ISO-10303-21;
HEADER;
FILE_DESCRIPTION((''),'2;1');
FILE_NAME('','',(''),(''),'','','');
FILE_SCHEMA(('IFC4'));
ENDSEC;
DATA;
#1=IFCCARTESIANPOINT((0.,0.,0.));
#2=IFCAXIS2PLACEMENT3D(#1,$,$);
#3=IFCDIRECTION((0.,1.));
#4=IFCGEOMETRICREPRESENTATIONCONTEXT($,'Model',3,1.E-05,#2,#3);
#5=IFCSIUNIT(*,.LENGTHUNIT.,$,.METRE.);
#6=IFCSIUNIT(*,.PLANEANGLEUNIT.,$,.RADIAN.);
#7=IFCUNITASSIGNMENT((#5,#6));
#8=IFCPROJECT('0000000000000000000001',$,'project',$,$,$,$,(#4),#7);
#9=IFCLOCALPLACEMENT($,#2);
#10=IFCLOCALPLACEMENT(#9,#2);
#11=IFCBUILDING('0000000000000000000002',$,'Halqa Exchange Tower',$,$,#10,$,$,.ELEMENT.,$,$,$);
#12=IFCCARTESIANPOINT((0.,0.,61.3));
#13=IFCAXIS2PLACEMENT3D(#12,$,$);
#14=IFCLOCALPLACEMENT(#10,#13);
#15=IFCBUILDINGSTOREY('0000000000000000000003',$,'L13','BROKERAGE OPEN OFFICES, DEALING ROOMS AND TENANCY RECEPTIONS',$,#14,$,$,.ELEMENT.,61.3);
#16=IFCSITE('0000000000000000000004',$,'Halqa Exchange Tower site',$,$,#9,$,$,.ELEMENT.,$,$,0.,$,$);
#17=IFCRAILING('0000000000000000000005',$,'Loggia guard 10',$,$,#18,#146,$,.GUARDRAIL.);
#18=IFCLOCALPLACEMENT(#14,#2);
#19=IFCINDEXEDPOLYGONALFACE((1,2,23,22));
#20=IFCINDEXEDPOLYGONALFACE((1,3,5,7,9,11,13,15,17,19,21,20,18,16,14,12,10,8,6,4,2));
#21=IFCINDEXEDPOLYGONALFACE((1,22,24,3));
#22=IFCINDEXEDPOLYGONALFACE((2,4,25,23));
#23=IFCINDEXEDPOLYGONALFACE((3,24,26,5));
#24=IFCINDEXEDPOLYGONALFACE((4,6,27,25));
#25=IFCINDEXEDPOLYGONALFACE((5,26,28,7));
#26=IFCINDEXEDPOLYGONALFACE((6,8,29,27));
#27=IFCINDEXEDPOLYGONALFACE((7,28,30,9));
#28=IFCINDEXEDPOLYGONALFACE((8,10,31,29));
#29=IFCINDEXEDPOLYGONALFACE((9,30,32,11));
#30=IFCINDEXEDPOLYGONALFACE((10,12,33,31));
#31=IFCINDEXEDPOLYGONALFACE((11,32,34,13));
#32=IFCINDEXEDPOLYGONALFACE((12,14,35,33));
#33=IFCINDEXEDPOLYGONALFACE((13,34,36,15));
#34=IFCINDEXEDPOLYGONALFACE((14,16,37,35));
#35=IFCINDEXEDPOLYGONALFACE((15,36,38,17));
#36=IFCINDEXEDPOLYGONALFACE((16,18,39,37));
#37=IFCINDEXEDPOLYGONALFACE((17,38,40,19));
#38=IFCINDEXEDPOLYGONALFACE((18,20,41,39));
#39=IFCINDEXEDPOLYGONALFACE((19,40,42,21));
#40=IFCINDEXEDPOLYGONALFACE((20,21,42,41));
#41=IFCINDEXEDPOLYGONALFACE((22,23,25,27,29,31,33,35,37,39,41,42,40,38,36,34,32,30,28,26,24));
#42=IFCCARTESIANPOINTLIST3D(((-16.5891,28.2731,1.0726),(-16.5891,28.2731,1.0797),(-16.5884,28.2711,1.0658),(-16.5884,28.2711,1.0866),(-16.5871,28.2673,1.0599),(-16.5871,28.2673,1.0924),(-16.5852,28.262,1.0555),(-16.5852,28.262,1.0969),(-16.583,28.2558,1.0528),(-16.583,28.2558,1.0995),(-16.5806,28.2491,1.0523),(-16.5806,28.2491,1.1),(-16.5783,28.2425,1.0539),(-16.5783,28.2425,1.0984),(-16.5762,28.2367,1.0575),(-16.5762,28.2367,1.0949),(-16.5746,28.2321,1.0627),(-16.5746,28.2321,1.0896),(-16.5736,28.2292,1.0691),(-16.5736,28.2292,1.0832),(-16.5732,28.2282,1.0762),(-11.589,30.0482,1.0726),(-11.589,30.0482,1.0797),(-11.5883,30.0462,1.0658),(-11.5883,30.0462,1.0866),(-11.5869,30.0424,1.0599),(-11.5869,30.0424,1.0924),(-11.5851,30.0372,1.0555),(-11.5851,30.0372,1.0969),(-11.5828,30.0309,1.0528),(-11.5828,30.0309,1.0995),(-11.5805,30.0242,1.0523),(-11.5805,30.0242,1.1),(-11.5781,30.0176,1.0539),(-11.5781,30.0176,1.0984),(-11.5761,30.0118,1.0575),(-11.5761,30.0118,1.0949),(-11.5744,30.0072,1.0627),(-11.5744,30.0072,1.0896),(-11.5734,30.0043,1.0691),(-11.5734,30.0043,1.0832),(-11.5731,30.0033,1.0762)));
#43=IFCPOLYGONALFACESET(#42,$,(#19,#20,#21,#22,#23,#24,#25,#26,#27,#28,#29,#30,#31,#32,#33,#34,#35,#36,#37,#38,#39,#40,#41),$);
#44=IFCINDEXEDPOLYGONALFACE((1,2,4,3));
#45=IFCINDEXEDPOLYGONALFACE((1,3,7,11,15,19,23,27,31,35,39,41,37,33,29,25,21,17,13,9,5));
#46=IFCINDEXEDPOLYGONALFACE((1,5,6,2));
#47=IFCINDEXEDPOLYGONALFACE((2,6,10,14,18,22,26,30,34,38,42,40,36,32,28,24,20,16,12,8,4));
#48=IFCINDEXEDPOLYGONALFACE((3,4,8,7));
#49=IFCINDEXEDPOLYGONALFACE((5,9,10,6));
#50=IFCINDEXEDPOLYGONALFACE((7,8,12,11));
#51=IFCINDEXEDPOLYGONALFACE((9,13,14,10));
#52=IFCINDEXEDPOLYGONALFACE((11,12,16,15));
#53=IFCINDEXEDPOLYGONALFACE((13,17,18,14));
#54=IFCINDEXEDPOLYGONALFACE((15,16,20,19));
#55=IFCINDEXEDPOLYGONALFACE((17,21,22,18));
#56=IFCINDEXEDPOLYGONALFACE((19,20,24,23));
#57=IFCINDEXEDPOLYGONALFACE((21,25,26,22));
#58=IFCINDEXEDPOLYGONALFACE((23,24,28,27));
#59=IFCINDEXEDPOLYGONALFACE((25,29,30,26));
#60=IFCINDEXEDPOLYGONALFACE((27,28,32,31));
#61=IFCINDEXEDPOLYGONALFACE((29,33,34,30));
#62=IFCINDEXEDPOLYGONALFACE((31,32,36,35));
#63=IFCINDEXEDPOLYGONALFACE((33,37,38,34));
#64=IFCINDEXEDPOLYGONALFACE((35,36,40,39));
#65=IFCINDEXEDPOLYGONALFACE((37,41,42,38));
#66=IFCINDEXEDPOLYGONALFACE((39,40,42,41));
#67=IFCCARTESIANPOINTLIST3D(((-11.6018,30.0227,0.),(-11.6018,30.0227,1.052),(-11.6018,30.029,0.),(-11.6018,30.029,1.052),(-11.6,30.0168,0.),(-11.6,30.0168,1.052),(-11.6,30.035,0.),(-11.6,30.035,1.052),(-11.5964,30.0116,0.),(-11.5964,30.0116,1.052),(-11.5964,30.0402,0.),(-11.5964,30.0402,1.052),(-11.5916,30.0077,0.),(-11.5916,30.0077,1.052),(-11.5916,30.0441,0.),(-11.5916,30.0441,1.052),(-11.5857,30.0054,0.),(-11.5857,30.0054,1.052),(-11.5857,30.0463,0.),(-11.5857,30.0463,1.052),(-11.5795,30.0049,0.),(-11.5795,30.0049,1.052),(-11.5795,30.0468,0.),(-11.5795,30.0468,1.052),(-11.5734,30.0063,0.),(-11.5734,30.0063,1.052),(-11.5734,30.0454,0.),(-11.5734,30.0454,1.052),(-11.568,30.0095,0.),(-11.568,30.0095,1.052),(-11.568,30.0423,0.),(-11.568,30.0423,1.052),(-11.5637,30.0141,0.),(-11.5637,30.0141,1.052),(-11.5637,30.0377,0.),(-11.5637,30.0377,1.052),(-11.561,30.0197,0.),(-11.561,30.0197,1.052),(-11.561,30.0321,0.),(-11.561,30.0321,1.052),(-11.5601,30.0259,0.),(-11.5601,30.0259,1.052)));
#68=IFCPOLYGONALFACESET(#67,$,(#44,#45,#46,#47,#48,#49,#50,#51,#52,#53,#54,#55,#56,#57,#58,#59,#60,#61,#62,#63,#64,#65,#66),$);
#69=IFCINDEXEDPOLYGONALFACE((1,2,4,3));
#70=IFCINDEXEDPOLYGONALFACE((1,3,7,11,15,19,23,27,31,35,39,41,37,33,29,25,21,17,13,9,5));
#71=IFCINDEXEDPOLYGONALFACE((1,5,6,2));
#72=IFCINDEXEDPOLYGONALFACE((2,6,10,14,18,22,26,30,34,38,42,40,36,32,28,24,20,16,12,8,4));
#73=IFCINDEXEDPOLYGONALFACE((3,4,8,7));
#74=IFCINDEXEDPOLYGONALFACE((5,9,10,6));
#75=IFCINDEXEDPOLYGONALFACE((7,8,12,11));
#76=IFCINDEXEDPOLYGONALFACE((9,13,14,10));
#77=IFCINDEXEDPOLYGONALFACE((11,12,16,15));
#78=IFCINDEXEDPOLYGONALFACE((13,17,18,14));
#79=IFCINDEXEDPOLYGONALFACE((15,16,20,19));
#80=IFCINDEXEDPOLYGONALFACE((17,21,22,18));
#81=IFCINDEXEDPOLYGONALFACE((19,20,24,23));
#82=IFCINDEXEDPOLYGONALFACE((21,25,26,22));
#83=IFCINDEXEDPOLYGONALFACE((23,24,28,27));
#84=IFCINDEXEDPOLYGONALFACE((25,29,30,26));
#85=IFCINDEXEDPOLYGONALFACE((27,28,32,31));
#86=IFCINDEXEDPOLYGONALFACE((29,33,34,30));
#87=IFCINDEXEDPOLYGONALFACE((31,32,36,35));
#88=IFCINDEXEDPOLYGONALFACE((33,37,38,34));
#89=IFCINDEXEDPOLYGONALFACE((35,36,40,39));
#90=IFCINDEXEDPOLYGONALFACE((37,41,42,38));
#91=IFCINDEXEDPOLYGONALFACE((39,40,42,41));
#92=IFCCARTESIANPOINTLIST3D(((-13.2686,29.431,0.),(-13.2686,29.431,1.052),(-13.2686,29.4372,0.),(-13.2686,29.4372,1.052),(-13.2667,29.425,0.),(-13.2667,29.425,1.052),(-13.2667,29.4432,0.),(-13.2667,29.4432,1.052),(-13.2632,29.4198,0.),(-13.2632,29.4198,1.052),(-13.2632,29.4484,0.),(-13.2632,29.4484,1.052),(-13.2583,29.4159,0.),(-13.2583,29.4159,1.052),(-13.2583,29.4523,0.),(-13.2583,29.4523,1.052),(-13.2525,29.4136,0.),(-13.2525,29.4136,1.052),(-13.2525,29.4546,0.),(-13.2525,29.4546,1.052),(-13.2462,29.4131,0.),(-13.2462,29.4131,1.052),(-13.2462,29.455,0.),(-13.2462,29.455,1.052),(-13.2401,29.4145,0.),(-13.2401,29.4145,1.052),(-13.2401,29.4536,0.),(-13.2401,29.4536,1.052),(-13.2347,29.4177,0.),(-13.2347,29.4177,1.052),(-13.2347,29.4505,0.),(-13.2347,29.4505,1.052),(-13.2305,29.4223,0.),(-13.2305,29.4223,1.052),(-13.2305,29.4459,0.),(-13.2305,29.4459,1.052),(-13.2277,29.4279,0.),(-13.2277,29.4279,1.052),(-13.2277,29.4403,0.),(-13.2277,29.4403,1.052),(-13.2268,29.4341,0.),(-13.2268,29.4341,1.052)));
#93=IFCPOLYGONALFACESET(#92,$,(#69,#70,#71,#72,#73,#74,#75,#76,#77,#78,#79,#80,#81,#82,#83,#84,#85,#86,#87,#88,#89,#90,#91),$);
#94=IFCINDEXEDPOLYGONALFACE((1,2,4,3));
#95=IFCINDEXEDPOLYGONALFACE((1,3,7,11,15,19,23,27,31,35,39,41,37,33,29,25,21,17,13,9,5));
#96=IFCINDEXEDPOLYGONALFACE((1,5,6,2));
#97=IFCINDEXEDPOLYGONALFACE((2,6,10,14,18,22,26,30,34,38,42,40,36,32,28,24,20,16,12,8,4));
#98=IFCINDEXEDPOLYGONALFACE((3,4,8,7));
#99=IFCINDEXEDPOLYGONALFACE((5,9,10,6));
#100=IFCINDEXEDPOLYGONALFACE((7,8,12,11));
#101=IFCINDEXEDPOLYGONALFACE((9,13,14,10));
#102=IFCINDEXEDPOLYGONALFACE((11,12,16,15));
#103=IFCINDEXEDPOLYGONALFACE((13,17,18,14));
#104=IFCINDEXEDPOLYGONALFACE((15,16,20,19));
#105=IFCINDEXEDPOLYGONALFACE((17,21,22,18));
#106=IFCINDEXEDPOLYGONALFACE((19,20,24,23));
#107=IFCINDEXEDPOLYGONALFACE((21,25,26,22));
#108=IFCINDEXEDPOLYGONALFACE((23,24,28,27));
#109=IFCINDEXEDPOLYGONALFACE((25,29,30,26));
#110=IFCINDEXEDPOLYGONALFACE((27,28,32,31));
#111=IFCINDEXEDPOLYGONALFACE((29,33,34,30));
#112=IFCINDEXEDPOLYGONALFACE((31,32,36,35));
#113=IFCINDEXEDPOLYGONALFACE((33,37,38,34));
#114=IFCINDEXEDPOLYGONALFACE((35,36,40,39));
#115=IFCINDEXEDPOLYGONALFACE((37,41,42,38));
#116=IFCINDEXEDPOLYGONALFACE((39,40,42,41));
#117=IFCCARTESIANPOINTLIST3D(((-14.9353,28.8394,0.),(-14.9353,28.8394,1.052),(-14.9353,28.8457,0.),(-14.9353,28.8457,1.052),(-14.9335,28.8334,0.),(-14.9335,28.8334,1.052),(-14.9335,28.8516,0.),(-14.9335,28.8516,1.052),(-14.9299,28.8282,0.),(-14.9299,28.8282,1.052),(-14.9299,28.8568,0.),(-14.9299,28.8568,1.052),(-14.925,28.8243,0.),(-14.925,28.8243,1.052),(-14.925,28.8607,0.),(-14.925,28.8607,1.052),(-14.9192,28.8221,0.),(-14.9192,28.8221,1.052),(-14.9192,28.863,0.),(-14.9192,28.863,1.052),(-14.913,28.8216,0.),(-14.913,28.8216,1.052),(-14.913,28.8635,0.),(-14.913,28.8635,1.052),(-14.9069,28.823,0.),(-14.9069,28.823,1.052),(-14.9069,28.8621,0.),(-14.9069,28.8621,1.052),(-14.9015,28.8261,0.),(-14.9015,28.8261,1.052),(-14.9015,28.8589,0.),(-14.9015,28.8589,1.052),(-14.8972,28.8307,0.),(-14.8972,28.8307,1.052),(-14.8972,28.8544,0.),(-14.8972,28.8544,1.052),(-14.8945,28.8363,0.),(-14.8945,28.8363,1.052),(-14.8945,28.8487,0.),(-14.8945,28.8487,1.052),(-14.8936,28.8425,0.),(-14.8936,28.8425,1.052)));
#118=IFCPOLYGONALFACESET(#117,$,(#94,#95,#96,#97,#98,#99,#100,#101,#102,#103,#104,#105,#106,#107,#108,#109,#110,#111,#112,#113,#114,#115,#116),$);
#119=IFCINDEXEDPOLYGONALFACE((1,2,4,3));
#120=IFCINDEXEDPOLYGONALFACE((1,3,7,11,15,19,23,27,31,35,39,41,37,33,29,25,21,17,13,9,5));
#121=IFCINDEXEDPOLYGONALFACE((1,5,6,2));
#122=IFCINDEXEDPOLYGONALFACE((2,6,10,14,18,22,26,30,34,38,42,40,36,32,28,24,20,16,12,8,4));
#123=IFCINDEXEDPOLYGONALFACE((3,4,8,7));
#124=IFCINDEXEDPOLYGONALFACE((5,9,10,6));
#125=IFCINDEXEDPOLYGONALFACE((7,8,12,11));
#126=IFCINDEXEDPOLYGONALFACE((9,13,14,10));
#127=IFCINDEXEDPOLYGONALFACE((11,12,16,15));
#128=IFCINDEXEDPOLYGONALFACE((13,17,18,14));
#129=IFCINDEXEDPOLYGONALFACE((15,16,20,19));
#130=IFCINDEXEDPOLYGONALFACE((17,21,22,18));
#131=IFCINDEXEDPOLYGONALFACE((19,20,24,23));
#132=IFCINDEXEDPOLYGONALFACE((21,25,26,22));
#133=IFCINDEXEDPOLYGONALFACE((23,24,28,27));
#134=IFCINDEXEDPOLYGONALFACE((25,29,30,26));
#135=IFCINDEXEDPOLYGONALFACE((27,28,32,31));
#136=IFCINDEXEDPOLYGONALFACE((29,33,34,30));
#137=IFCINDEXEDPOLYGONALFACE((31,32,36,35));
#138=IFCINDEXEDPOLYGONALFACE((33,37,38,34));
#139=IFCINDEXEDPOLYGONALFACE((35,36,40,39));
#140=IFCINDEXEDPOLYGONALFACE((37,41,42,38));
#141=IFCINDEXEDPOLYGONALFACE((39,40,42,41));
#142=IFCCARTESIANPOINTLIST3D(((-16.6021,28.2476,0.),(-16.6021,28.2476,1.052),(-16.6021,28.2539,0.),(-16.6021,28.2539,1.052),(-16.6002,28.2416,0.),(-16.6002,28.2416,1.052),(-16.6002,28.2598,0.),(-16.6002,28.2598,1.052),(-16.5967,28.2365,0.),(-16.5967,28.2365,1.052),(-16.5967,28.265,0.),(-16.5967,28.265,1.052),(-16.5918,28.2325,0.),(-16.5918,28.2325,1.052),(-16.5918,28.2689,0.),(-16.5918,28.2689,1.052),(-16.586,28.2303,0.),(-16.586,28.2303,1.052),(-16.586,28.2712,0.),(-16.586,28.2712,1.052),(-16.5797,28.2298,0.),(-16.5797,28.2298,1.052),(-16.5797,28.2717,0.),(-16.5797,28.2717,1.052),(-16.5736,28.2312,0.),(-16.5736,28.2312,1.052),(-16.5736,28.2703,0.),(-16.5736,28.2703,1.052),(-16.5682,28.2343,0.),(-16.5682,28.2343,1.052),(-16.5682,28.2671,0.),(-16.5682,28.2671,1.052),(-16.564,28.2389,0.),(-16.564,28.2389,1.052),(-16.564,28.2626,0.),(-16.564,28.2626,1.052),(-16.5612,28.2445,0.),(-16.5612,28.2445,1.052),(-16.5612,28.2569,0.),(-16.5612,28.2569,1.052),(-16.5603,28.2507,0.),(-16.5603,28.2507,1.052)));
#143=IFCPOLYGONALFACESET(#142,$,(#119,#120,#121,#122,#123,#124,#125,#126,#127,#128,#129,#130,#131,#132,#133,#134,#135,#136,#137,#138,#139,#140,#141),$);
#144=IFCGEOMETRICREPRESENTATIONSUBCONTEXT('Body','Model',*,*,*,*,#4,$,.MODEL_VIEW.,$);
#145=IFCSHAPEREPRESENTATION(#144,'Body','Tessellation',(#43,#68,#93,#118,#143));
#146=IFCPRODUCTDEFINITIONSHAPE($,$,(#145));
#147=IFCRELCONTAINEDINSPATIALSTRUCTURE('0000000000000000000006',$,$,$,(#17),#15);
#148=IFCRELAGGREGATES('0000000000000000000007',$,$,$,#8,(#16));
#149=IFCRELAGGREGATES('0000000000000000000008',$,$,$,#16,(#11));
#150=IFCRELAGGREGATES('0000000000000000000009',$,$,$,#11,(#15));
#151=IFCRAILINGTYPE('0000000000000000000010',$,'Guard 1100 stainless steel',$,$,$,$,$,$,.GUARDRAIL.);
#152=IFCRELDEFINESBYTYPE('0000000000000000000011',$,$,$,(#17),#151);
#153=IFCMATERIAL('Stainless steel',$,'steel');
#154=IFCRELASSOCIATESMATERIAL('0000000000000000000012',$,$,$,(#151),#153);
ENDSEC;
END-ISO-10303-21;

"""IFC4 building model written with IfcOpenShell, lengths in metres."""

from ifc_helpers import new_model, si_unit, direction, frame, origin, origin_2d, place, context, subcontext, project, spatial, circle, extrude, material, type_object, element, save


model = new_model("IFC4")

# Units and contexts
model_context = context("Model", 3, precision=1e-05, world=origin(), true_north=direction((0.0, 1.0)))
body_context = subcontext(model_context, "Body", "Model", "MODEL_VIEW")
ifc_project = project(units=[si_unit("LENGTHUNIT", "METRE"), si_unit("PLANEANGLEUNIT", "RADIAN")], contexts=[model_context])

# Site, building, storey
site_placement = place(None, origin())
site = spatial("IfcSite", under=ifc_project, at=site_placement, Name="Halqa Exchange Tower site", CompositionType="ELEMENT", RefElevation=0.0)
building_placement = place(site_placement, origin())
building = spatial("IfcBuilding", under=site, at=building_placement, Name="Halqa Exchange Tower", CompositionType="ELEMENT")
storey_placement = place(building_placement, frame((0.0, 0.0, 61.3)))
storey = spatial("IfcBuildingStorey", under=building, at=storey_placement, Name="L13", Description="BROKERAGE OPEN OFFICES, DEALING ROOMS AND TENANCY RECEPTIONS", CompositionType="ELEMENT", Elevation=61.3)

# Railing
ifc_material_1 = material(Name="Stainless steel", Category="steel")
railing_type_1 = type_object("IfcRailingType", Name="Guard 1100 stainless steel", PredefinedType="GUARDRAIL", material=ifc_material_1)
railing_1_placement = place(storey_placement, frame((-11.5811, 30.0259, 0.0)))
element("IfcRailing", 1, at=railing_1_placement, inside=storey, type_object=railing_type_1, Name="Loggia guard 10", PredefinedType="GUARDRAIL", context=body_context, shape_type="SweptSolid", body=[
    extrude(circle(Radius=0.0239, at=origin_2d()), frame((0.0, 0.0, 1.0762), z_axis=(-0.942376, -0.334555, 0.0), x_axis=(0.334555, -0.942376, 0.0)), (0.0, 0.0, 1.0), 5.3059),
    extrude(circle(Radius=0.021, at=origin_2d()), origin(), (0.0, 0.0, 1.0), 1.052),
    extrude(circle(Radius=0.021, at=origin_2d()), frame((-1.6667, -0.5918, 0.0)), (0.0, 0.0, 1.0), 1.052),
    extrude(circle(Radius=0.021, at=origin_2d()), frame((-3.3335, -1.1833, 0.0)), (0.0, 0.0, 1.0), 1.052),
    extrude(circle(Radius=0.021, at=origin_2d()), frame((-5.0002, -1.7751, 0.0)), (0.0, 0.0, 1.0), 1.052),
])

save(model, "model.ifc")
